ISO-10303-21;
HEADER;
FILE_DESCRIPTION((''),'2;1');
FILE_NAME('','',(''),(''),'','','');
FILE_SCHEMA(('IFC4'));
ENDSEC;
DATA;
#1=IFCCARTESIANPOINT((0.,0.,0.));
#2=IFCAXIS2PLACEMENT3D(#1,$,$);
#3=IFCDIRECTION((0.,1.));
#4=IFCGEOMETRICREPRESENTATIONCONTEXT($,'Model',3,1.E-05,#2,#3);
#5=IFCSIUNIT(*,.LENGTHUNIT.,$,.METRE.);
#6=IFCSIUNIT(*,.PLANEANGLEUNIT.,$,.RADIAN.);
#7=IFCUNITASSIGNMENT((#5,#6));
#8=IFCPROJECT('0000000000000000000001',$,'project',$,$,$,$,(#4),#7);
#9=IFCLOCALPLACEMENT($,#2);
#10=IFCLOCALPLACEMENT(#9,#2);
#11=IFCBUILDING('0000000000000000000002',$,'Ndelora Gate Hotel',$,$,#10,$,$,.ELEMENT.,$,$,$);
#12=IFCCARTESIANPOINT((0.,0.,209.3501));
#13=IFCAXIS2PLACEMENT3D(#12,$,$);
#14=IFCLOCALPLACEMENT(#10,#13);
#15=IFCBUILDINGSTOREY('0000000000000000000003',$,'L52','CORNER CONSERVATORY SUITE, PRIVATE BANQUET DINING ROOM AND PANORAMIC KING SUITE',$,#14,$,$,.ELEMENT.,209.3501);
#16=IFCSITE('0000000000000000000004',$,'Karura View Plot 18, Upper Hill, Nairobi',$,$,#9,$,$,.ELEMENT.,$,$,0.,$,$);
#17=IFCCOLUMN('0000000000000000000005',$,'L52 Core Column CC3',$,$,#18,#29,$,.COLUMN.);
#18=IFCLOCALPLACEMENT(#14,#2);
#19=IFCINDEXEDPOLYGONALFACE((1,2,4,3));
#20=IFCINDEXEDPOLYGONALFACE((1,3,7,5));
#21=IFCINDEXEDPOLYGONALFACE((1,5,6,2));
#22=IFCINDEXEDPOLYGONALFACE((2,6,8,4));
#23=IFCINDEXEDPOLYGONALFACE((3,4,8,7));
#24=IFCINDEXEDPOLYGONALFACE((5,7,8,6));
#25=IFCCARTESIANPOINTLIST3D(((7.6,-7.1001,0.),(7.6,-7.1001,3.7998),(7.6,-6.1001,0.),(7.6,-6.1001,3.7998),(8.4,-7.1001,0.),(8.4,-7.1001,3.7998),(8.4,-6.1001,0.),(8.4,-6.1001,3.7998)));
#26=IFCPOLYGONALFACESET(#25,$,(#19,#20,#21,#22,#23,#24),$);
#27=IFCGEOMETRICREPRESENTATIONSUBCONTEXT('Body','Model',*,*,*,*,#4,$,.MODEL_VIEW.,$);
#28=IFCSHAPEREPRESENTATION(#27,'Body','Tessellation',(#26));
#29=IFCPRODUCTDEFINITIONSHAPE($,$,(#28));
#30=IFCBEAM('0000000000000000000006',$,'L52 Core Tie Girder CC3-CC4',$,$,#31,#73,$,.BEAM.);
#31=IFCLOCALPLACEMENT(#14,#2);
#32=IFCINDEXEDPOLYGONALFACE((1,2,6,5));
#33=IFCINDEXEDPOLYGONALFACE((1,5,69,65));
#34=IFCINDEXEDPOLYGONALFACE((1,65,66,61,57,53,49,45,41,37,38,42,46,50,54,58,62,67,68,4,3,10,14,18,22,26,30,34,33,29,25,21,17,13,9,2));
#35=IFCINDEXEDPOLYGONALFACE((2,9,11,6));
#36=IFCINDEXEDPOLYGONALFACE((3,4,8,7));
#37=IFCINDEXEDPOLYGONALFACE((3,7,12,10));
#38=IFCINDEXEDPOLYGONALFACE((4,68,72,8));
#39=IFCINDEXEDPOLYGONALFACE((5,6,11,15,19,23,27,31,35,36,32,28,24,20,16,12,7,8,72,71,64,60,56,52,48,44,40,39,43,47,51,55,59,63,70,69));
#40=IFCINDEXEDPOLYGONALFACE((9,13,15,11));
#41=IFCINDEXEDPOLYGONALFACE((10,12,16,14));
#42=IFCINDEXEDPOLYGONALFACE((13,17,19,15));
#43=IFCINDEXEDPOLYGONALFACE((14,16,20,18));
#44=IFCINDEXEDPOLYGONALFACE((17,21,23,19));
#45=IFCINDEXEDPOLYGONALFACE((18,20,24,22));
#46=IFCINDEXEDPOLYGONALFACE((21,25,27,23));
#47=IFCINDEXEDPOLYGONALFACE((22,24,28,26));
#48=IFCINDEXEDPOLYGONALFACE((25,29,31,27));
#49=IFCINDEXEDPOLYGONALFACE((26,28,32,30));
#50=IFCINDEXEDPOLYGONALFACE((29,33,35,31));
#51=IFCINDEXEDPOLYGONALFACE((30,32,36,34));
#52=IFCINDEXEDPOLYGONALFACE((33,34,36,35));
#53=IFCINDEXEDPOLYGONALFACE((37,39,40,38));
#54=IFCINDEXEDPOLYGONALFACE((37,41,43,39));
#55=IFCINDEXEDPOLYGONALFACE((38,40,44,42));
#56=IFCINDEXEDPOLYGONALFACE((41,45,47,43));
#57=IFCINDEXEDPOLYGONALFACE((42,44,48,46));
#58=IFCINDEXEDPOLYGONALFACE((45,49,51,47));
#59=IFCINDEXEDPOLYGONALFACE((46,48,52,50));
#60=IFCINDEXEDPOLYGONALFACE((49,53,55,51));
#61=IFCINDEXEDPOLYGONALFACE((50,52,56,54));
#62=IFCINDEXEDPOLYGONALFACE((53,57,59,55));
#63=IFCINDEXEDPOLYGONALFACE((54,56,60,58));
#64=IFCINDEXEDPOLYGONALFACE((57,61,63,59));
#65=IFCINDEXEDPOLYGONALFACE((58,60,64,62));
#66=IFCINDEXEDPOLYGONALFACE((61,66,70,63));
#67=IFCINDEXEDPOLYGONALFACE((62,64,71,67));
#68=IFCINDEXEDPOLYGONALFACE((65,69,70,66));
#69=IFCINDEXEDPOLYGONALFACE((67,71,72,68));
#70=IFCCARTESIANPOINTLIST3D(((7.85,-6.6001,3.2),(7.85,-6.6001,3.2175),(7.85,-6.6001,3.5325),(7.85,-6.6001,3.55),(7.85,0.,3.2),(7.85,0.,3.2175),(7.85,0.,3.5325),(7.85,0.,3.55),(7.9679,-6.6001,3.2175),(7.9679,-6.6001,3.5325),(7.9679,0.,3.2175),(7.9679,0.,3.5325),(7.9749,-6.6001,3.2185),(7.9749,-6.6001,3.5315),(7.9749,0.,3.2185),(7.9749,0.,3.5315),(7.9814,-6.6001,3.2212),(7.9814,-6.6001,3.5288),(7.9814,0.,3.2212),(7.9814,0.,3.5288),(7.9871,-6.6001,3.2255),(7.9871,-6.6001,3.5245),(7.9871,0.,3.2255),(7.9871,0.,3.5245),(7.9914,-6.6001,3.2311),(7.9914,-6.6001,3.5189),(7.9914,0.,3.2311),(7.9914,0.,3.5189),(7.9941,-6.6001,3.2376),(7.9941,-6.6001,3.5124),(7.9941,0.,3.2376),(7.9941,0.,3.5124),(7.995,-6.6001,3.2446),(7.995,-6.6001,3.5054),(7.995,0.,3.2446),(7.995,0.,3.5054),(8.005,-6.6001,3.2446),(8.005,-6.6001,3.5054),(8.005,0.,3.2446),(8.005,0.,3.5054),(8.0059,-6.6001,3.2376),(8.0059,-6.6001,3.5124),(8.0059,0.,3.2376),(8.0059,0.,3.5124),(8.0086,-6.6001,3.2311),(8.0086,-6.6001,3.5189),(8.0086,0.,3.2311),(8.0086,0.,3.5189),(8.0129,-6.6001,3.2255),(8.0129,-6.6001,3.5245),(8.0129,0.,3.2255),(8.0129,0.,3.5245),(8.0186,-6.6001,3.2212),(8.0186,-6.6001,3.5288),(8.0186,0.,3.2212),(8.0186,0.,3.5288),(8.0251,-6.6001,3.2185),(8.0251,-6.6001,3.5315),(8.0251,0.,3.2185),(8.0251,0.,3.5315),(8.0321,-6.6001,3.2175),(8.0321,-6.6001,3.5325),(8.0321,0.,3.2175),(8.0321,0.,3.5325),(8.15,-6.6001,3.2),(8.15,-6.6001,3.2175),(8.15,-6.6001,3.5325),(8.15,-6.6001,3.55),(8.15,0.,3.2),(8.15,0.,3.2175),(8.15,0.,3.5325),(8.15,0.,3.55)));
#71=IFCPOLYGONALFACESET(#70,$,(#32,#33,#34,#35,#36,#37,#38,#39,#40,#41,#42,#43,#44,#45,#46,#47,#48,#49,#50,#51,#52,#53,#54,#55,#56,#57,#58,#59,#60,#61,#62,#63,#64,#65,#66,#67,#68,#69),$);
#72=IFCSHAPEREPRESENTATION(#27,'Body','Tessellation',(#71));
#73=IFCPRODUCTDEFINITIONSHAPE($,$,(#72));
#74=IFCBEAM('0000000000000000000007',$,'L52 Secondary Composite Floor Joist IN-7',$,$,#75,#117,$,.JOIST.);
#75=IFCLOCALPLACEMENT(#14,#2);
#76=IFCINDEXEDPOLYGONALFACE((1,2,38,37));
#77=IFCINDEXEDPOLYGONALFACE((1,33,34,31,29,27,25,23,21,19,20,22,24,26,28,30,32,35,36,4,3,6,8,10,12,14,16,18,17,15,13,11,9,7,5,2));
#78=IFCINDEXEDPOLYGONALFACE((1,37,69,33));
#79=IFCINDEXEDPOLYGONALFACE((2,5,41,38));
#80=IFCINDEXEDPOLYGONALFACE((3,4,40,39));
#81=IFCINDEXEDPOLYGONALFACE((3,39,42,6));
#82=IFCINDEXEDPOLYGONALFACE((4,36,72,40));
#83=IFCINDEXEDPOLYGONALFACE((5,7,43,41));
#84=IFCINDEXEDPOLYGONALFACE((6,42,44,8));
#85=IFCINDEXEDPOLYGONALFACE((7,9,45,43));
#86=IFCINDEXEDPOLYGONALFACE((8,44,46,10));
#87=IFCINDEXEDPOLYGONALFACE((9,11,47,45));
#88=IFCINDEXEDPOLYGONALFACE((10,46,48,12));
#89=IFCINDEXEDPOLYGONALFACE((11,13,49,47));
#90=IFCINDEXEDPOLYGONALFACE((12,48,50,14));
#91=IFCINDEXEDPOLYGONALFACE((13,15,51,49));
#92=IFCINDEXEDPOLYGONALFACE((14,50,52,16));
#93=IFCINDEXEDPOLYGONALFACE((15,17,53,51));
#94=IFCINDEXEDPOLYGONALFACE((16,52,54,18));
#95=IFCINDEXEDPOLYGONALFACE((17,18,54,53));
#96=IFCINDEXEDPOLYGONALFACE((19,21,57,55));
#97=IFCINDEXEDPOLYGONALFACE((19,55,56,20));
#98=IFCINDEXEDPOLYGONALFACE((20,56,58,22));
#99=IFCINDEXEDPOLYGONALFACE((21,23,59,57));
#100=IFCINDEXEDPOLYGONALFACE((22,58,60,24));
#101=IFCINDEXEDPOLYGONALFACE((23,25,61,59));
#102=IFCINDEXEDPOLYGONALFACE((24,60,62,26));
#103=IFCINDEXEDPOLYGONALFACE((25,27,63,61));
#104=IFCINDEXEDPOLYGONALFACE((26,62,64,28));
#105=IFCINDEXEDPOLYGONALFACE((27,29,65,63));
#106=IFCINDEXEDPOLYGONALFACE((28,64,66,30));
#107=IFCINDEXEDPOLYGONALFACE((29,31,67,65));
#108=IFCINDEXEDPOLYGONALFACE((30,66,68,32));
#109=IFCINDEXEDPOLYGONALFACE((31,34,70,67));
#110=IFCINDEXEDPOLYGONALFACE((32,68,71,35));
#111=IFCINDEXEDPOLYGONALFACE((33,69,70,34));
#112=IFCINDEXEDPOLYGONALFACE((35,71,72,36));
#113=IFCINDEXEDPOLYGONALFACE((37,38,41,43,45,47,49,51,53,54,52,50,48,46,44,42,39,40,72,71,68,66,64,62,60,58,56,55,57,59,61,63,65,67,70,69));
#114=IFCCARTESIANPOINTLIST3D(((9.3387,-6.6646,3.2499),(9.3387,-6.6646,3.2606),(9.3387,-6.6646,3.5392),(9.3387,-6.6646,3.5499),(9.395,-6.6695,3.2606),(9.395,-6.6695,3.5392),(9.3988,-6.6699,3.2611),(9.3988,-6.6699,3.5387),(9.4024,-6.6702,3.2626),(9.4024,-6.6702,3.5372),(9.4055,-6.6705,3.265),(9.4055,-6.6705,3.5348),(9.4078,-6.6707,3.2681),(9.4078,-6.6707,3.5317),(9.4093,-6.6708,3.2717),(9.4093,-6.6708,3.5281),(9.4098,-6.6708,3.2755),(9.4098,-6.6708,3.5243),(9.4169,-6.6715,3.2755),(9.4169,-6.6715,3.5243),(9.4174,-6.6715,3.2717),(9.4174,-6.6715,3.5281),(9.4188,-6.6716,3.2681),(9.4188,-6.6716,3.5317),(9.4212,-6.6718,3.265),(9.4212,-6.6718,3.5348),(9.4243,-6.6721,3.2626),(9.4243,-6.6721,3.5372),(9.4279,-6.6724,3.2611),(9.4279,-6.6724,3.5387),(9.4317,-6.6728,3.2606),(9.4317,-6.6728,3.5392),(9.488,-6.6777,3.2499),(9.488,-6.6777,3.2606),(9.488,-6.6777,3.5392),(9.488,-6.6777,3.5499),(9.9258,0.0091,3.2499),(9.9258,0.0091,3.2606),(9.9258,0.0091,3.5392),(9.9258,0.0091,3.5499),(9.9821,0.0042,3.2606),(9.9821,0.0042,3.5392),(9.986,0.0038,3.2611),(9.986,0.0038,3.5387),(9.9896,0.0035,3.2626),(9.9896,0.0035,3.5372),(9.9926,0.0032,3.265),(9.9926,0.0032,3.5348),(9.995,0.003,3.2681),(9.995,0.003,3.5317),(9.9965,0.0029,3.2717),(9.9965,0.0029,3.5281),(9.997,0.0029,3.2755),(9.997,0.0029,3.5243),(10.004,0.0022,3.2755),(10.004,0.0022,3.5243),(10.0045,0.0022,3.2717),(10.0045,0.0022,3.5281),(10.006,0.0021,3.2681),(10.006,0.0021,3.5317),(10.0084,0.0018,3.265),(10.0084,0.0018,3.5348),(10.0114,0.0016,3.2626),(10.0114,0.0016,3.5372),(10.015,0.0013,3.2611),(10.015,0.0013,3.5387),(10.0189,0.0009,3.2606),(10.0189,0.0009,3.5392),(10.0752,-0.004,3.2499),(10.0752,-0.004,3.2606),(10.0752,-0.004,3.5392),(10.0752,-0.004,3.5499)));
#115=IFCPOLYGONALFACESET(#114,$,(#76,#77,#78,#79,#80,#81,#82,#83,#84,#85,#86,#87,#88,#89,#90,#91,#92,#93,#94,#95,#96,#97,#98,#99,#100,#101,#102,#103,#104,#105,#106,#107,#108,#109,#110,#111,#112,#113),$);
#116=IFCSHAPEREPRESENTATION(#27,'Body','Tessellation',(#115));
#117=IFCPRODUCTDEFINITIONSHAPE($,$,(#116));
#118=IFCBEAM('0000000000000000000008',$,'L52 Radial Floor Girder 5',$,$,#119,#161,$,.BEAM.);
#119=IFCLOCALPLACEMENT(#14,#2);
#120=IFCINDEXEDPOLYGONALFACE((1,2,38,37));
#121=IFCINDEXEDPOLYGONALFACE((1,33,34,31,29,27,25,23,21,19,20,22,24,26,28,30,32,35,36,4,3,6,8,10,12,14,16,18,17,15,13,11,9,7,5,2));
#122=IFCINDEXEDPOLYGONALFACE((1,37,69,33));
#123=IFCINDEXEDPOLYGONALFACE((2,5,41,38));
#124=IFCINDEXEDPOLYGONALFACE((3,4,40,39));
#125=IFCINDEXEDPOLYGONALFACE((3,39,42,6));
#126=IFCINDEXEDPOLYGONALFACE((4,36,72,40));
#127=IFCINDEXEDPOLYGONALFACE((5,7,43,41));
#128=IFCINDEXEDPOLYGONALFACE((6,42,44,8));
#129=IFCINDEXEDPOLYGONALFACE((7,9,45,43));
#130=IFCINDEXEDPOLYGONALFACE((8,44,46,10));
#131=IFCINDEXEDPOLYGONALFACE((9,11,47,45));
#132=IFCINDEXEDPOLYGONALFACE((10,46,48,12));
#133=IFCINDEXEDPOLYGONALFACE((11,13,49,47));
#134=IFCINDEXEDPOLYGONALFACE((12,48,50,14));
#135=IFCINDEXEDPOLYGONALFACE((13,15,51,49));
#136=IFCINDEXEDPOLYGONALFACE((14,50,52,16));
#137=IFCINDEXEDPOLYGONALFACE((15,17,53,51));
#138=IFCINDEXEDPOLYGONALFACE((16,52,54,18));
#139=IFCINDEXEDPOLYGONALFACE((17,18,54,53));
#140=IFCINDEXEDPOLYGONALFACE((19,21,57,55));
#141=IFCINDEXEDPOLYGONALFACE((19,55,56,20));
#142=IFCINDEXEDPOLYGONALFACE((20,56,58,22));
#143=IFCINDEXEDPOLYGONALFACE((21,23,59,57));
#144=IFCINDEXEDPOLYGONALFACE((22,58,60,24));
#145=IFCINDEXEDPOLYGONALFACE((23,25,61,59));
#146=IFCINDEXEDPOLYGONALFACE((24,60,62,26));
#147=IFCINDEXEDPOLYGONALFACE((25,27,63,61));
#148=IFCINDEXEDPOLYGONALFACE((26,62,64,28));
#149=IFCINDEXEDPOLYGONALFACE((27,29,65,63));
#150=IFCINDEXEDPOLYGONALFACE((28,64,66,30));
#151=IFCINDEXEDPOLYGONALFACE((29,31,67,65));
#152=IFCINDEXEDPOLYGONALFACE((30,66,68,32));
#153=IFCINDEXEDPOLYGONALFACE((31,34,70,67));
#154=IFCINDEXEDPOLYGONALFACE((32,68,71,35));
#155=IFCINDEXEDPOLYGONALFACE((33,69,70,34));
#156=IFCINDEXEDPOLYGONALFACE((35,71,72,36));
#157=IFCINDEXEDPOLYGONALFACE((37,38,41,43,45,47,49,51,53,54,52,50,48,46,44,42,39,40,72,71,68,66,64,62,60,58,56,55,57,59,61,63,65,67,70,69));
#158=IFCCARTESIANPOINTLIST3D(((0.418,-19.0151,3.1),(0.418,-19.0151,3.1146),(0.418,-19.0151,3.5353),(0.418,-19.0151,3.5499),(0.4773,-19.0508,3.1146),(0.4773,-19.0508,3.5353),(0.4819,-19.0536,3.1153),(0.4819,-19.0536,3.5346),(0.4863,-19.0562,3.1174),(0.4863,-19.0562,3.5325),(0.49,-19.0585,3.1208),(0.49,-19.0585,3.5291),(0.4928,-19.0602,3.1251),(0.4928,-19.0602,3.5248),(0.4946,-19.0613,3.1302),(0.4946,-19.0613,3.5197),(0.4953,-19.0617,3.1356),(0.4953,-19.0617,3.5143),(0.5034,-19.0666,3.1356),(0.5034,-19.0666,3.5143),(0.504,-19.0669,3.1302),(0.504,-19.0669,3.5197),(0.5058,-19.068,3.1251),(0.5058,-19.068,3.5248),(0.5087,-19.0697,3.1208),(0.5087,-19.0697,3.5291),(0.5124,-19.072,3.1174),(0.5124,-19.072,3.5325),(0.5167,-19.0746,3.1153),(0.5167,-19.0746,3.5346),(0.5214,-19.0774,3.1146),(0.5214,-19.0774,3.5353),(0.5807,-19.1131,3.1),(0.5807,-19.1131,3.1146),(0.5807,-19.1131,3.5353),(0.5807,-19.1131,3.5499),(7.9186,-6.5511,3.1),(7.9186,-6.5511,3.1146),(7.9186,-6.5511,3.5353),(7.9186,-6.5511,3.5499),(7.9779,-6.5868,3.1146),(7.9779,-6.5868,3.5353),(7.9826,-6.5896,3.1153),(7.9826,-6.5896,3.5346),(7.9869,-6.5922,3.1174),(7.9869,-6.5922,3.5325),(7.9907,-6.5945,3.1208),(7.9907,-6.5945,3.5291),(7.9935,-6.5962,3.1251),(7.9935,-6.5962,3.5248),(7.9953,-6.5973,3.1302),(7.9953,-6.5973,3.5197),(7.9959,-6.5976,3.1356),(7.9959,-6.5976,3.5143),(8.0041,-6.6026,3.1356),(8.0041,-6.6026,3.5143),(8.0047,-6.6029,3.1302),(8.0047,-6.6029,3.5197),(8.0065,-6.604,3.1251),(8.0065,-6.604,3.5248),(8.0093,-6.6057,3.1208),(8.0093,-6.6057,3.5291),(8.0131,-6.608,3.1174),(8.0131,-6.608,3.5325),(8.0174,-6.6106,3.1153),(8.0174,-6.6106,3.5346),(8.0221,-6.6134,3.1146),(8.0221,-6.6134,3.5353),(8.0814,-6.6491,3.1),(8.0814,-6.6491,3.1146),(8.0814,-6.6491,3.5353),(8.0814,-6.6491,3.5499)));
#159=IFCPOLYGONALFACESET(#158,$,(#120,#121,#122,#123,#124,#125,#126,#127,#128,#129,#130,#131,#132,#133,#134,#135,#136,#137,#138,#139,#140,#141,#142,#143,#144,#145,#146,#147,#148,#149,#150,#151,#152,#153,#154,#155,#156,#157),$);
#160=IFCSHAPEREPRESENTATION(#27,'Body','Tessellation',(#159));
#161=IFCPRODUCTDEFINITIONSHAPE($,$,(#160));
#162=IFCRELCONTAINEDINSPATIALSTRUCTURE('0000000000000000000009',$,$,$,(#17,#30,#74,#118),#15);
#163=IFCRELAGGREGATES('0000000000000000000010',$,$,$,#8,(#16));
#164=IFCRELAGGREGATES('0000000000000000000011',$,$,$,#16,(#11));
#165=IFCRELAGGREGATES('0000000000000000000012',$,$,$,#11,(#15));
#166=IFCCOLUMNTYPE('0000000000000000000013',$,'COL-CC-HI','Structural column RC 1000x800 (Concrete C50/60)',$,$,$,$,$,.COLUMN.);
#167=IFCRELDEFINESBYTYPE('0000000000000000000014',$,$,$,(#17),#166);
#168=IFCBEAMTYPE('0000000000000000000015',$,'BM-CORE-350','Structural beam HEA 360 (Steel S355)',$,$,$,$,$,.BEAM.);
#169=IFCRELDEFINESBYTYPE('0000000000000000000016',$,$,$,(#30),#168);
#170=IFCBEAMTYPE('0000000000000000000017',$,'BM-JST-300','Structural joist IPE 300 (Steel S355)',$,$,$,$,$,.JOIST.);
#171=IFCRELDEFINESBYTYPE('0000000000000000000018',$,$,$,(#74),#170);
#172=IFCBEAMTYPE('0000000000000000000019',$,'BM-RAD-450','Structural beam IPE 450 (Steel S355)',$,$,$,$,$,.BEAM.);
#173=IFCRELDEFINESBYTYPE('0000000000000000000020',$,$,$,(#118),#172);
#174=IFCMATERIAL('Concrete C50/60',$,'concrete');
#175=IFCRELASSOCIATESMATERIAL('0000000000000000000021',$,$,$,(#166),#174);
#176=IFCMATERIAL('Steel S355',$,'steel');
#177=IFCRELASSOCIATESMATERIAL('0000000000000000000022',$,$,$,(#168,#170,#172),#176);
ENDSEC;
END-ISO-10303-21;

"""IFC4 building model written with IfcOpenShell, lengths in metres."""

from ifc_helpers import new_model, si_unit, direction, frame, origin, origin_2d, place, context, subcontext, project, spatial, rectangle, i_section, extrude, material, material_profile, profile_set, type_object, element, save


model = new_model("IFC4")

# Units and contexts
model_context = context("Model", 3, precision=1e-05, world=origin(), true_north=direction((0.0, 1.0)))
body_context = subcontext(model_context, "Body", "Model", "MODEL_VIEW")
ifc_project = project(units=[si_unit("LENGTHUNIT", "METRE"), si_unit("PLANEANGLEUNIT", "RADIAN")], contexts=[model_context])

# Site, building, storey
site_placement = place(None, origin())
site = spatial("IfcSite", under=ifc_project, at=site_placement, Name="Karura View Plot 18, Upper Hill, Nairobi", CompositionType="ELEMENT", RefElevation=0.0)
building_placement = place(site_placement, origin())
building = spatial("IfcBuilding", under=site, at=building_placement, Name="Ndelora Gate Hotel", CompositionType="ELEMENT")
storey_placement = place(building_placement, frame((0.0, 0.0, 209.3501)))
storey = spatial("IfcBuildingStorey", under=building, at=storey_placement, Name="L52", Description="CORNER CONSERVATORY SUITE, PRIVATE BANQUET DINING ROOM AND PANORAMIC KING SUITE", CompositionType="ELEMENT", Elevation=209.3501)

# Column
ifc_material_1 = material(Name="Concrete C50/60", Category="concrete")
ifc_material_profile_1 = material_profile(ifc_material_1, rectangle(XDim=0.8, YDim=1.0, at=origin_2d()), Name="RC 1000x800")
ifc_profile_set_1 = profile_set([ifc_material_profile_1], Name="Concrete C50/60")
column_type = type_object("IfcColumnType", Name="COL-CC-HI", Description="Structural column RC 1000x800 (Concrete C50/60)", PredefinedType="COLUMN", material=ifc_profile_set_1)
column_placement = place(storey_placement, frame((8.0, -6.6001, 0.0), z_axis=(0.0, 0.0, 1.0), x_axis=(1.0, 0.0, 0.0)))
element("IfcColumn", 1, at=column_placement, inside=storey, type_object=column_type, Name="L52 Core Column CC3", PredefinedType="COLUMN", context=body_context, shape_type="SweptSolid", body=[
    extrude(rectangle(XDim=0.8, YDim=1.0, at=origin_2d()), origin(), (0.0, 0.0, 1.0), 3.7998),
])

# Beams
ifc_material_2 = material(Name="Steel S355", Category="steel")
ifc_material_profile_2 = material_profile(ifc_material_2, i_section(OverallWidth=0.3, OverallDepth=0.3501, WebThickness=0.01, FlangeThickness=0.0176, FilletRadius=0.0271, at=origin_2d()), Name="HEA 360")
ifc_profile_set_2 = profile_set([ifc_material_profile_2], Name="Steel S355")
beam_type_1 = type_object("IfcBeamType", Name="BM-CORE-350", Description="Structural beam HEA 360 (Steel S355)", PredefinedType="BEAM", material=ifc_profile_set_2)
beam_1_placement = place(storey_placement, frame((8.0, -6.6001, 3.375), z_axis=(0.0, 1.0, 0.0), x_axis=(-1.0, 0.0, 0.0)))
element("IfcBeam", 2, at=beam_1_placement, inside=storey, type_object=beam_type_1, Name="L52 Core Tie Girder CC3-CC4", PredefinedType="BEAM", context=body_context, shape_type="SweptSolid", body=[
    extrude(i_section(OverallWidth=0.3, OverallDepth=0.3501, WebThickness=0.01, FlangeThickness=0.0176, FilletRadius=0.0271, at=origin_2d()), origin(), (0.0, 0.0, 1.0), 6.6001),
])
ifc_material_profile_3 = material_profile(ifc_material_2, i_section(OverallWidth=0.1499, OverallDepth=0.3, WebThickness=0.0071, FlangeThickness=0.0107, FilletRadius=0.0149, at=origin_2d()), Name="IPE 300")
ifc_profile_set_3 = profile_set([ifc_material_profile_3], Name="Steel S355")
beam_type_2 = type_object("IfcBeamType", Name="BM-JST-300", Description="Structural joist IPE 300 (Steel S355)", PredefinedType="JOIST", material=ifc_profile_set_3)
beam_2_placement = place(storey_placement, frame((9.4133, -6.6711, 3.3999), z_axis=(0.087644, 0.996152, 0.0), x_axis=(-0.996152, 0.087644, 0.0)))
element("IfcBeam", 3, at=beam_2_placement, inside=storey, type_object=beam_type_2, Name="L52 Secondary Composite Floor Joist IN-7", PredefinedType="JOIST", context=body_context, shape_type="SweptSolid", body=[
    extrude(i_section(OverallWidth=0.1499, OverallDepth=0.3, WebThickness=0.0071, FlangeThickness=0.0107, FilletRadius=0.0149, at=origin_2d()), origin(), (0.0, 0.0, 1.0), 6.6995),
])
ifc_material_profile_4 = material_profile(ifc_material_2, i_section(OverallWidth=0.1899, OverallDepth=0.45, WebThickness=0.0095, FlangeThickness=0.0146, FilletRadius=0.021, at=origin_2d()), Name="IPE 450")
ifc_profile_set_4 = profile_set([ifc_material_profile_4], Name="Steel S355")
beam_type_3 = type_object("IfcBeamType", Name="BM-RAD-450", Description="Structural beam IPE 450 (Steel S355)", PredefinedType="BEAM", material=ifc_profile_set_4)
beam_3_placement = place(storey_placement, frame((8.0, -6.6001, 3.325), z_axis=(-0.515621, -0.856817, 0.0), x_axis=(0.856817, -0.515621, 0.0)))
element("IfcBeam", 4, at=beam_3_placement, inside=storey, type_object=beam_type_3, Name="L52 Radial Floor Girder 5", PredefinedType="BEAM", context=body_context, shape_type="SweptSolid", body=[
    extrude(i_section(OverallWidth=0.1899, OverallDepth=0.45, WebThickness=0.0095, FlangeThickness=0.0146, FilletRadius=0.021, at=origin_2d()), origin(), (0.0, 0.0, 1.0), 14.5469),
])

save(model, "model.ifc")
